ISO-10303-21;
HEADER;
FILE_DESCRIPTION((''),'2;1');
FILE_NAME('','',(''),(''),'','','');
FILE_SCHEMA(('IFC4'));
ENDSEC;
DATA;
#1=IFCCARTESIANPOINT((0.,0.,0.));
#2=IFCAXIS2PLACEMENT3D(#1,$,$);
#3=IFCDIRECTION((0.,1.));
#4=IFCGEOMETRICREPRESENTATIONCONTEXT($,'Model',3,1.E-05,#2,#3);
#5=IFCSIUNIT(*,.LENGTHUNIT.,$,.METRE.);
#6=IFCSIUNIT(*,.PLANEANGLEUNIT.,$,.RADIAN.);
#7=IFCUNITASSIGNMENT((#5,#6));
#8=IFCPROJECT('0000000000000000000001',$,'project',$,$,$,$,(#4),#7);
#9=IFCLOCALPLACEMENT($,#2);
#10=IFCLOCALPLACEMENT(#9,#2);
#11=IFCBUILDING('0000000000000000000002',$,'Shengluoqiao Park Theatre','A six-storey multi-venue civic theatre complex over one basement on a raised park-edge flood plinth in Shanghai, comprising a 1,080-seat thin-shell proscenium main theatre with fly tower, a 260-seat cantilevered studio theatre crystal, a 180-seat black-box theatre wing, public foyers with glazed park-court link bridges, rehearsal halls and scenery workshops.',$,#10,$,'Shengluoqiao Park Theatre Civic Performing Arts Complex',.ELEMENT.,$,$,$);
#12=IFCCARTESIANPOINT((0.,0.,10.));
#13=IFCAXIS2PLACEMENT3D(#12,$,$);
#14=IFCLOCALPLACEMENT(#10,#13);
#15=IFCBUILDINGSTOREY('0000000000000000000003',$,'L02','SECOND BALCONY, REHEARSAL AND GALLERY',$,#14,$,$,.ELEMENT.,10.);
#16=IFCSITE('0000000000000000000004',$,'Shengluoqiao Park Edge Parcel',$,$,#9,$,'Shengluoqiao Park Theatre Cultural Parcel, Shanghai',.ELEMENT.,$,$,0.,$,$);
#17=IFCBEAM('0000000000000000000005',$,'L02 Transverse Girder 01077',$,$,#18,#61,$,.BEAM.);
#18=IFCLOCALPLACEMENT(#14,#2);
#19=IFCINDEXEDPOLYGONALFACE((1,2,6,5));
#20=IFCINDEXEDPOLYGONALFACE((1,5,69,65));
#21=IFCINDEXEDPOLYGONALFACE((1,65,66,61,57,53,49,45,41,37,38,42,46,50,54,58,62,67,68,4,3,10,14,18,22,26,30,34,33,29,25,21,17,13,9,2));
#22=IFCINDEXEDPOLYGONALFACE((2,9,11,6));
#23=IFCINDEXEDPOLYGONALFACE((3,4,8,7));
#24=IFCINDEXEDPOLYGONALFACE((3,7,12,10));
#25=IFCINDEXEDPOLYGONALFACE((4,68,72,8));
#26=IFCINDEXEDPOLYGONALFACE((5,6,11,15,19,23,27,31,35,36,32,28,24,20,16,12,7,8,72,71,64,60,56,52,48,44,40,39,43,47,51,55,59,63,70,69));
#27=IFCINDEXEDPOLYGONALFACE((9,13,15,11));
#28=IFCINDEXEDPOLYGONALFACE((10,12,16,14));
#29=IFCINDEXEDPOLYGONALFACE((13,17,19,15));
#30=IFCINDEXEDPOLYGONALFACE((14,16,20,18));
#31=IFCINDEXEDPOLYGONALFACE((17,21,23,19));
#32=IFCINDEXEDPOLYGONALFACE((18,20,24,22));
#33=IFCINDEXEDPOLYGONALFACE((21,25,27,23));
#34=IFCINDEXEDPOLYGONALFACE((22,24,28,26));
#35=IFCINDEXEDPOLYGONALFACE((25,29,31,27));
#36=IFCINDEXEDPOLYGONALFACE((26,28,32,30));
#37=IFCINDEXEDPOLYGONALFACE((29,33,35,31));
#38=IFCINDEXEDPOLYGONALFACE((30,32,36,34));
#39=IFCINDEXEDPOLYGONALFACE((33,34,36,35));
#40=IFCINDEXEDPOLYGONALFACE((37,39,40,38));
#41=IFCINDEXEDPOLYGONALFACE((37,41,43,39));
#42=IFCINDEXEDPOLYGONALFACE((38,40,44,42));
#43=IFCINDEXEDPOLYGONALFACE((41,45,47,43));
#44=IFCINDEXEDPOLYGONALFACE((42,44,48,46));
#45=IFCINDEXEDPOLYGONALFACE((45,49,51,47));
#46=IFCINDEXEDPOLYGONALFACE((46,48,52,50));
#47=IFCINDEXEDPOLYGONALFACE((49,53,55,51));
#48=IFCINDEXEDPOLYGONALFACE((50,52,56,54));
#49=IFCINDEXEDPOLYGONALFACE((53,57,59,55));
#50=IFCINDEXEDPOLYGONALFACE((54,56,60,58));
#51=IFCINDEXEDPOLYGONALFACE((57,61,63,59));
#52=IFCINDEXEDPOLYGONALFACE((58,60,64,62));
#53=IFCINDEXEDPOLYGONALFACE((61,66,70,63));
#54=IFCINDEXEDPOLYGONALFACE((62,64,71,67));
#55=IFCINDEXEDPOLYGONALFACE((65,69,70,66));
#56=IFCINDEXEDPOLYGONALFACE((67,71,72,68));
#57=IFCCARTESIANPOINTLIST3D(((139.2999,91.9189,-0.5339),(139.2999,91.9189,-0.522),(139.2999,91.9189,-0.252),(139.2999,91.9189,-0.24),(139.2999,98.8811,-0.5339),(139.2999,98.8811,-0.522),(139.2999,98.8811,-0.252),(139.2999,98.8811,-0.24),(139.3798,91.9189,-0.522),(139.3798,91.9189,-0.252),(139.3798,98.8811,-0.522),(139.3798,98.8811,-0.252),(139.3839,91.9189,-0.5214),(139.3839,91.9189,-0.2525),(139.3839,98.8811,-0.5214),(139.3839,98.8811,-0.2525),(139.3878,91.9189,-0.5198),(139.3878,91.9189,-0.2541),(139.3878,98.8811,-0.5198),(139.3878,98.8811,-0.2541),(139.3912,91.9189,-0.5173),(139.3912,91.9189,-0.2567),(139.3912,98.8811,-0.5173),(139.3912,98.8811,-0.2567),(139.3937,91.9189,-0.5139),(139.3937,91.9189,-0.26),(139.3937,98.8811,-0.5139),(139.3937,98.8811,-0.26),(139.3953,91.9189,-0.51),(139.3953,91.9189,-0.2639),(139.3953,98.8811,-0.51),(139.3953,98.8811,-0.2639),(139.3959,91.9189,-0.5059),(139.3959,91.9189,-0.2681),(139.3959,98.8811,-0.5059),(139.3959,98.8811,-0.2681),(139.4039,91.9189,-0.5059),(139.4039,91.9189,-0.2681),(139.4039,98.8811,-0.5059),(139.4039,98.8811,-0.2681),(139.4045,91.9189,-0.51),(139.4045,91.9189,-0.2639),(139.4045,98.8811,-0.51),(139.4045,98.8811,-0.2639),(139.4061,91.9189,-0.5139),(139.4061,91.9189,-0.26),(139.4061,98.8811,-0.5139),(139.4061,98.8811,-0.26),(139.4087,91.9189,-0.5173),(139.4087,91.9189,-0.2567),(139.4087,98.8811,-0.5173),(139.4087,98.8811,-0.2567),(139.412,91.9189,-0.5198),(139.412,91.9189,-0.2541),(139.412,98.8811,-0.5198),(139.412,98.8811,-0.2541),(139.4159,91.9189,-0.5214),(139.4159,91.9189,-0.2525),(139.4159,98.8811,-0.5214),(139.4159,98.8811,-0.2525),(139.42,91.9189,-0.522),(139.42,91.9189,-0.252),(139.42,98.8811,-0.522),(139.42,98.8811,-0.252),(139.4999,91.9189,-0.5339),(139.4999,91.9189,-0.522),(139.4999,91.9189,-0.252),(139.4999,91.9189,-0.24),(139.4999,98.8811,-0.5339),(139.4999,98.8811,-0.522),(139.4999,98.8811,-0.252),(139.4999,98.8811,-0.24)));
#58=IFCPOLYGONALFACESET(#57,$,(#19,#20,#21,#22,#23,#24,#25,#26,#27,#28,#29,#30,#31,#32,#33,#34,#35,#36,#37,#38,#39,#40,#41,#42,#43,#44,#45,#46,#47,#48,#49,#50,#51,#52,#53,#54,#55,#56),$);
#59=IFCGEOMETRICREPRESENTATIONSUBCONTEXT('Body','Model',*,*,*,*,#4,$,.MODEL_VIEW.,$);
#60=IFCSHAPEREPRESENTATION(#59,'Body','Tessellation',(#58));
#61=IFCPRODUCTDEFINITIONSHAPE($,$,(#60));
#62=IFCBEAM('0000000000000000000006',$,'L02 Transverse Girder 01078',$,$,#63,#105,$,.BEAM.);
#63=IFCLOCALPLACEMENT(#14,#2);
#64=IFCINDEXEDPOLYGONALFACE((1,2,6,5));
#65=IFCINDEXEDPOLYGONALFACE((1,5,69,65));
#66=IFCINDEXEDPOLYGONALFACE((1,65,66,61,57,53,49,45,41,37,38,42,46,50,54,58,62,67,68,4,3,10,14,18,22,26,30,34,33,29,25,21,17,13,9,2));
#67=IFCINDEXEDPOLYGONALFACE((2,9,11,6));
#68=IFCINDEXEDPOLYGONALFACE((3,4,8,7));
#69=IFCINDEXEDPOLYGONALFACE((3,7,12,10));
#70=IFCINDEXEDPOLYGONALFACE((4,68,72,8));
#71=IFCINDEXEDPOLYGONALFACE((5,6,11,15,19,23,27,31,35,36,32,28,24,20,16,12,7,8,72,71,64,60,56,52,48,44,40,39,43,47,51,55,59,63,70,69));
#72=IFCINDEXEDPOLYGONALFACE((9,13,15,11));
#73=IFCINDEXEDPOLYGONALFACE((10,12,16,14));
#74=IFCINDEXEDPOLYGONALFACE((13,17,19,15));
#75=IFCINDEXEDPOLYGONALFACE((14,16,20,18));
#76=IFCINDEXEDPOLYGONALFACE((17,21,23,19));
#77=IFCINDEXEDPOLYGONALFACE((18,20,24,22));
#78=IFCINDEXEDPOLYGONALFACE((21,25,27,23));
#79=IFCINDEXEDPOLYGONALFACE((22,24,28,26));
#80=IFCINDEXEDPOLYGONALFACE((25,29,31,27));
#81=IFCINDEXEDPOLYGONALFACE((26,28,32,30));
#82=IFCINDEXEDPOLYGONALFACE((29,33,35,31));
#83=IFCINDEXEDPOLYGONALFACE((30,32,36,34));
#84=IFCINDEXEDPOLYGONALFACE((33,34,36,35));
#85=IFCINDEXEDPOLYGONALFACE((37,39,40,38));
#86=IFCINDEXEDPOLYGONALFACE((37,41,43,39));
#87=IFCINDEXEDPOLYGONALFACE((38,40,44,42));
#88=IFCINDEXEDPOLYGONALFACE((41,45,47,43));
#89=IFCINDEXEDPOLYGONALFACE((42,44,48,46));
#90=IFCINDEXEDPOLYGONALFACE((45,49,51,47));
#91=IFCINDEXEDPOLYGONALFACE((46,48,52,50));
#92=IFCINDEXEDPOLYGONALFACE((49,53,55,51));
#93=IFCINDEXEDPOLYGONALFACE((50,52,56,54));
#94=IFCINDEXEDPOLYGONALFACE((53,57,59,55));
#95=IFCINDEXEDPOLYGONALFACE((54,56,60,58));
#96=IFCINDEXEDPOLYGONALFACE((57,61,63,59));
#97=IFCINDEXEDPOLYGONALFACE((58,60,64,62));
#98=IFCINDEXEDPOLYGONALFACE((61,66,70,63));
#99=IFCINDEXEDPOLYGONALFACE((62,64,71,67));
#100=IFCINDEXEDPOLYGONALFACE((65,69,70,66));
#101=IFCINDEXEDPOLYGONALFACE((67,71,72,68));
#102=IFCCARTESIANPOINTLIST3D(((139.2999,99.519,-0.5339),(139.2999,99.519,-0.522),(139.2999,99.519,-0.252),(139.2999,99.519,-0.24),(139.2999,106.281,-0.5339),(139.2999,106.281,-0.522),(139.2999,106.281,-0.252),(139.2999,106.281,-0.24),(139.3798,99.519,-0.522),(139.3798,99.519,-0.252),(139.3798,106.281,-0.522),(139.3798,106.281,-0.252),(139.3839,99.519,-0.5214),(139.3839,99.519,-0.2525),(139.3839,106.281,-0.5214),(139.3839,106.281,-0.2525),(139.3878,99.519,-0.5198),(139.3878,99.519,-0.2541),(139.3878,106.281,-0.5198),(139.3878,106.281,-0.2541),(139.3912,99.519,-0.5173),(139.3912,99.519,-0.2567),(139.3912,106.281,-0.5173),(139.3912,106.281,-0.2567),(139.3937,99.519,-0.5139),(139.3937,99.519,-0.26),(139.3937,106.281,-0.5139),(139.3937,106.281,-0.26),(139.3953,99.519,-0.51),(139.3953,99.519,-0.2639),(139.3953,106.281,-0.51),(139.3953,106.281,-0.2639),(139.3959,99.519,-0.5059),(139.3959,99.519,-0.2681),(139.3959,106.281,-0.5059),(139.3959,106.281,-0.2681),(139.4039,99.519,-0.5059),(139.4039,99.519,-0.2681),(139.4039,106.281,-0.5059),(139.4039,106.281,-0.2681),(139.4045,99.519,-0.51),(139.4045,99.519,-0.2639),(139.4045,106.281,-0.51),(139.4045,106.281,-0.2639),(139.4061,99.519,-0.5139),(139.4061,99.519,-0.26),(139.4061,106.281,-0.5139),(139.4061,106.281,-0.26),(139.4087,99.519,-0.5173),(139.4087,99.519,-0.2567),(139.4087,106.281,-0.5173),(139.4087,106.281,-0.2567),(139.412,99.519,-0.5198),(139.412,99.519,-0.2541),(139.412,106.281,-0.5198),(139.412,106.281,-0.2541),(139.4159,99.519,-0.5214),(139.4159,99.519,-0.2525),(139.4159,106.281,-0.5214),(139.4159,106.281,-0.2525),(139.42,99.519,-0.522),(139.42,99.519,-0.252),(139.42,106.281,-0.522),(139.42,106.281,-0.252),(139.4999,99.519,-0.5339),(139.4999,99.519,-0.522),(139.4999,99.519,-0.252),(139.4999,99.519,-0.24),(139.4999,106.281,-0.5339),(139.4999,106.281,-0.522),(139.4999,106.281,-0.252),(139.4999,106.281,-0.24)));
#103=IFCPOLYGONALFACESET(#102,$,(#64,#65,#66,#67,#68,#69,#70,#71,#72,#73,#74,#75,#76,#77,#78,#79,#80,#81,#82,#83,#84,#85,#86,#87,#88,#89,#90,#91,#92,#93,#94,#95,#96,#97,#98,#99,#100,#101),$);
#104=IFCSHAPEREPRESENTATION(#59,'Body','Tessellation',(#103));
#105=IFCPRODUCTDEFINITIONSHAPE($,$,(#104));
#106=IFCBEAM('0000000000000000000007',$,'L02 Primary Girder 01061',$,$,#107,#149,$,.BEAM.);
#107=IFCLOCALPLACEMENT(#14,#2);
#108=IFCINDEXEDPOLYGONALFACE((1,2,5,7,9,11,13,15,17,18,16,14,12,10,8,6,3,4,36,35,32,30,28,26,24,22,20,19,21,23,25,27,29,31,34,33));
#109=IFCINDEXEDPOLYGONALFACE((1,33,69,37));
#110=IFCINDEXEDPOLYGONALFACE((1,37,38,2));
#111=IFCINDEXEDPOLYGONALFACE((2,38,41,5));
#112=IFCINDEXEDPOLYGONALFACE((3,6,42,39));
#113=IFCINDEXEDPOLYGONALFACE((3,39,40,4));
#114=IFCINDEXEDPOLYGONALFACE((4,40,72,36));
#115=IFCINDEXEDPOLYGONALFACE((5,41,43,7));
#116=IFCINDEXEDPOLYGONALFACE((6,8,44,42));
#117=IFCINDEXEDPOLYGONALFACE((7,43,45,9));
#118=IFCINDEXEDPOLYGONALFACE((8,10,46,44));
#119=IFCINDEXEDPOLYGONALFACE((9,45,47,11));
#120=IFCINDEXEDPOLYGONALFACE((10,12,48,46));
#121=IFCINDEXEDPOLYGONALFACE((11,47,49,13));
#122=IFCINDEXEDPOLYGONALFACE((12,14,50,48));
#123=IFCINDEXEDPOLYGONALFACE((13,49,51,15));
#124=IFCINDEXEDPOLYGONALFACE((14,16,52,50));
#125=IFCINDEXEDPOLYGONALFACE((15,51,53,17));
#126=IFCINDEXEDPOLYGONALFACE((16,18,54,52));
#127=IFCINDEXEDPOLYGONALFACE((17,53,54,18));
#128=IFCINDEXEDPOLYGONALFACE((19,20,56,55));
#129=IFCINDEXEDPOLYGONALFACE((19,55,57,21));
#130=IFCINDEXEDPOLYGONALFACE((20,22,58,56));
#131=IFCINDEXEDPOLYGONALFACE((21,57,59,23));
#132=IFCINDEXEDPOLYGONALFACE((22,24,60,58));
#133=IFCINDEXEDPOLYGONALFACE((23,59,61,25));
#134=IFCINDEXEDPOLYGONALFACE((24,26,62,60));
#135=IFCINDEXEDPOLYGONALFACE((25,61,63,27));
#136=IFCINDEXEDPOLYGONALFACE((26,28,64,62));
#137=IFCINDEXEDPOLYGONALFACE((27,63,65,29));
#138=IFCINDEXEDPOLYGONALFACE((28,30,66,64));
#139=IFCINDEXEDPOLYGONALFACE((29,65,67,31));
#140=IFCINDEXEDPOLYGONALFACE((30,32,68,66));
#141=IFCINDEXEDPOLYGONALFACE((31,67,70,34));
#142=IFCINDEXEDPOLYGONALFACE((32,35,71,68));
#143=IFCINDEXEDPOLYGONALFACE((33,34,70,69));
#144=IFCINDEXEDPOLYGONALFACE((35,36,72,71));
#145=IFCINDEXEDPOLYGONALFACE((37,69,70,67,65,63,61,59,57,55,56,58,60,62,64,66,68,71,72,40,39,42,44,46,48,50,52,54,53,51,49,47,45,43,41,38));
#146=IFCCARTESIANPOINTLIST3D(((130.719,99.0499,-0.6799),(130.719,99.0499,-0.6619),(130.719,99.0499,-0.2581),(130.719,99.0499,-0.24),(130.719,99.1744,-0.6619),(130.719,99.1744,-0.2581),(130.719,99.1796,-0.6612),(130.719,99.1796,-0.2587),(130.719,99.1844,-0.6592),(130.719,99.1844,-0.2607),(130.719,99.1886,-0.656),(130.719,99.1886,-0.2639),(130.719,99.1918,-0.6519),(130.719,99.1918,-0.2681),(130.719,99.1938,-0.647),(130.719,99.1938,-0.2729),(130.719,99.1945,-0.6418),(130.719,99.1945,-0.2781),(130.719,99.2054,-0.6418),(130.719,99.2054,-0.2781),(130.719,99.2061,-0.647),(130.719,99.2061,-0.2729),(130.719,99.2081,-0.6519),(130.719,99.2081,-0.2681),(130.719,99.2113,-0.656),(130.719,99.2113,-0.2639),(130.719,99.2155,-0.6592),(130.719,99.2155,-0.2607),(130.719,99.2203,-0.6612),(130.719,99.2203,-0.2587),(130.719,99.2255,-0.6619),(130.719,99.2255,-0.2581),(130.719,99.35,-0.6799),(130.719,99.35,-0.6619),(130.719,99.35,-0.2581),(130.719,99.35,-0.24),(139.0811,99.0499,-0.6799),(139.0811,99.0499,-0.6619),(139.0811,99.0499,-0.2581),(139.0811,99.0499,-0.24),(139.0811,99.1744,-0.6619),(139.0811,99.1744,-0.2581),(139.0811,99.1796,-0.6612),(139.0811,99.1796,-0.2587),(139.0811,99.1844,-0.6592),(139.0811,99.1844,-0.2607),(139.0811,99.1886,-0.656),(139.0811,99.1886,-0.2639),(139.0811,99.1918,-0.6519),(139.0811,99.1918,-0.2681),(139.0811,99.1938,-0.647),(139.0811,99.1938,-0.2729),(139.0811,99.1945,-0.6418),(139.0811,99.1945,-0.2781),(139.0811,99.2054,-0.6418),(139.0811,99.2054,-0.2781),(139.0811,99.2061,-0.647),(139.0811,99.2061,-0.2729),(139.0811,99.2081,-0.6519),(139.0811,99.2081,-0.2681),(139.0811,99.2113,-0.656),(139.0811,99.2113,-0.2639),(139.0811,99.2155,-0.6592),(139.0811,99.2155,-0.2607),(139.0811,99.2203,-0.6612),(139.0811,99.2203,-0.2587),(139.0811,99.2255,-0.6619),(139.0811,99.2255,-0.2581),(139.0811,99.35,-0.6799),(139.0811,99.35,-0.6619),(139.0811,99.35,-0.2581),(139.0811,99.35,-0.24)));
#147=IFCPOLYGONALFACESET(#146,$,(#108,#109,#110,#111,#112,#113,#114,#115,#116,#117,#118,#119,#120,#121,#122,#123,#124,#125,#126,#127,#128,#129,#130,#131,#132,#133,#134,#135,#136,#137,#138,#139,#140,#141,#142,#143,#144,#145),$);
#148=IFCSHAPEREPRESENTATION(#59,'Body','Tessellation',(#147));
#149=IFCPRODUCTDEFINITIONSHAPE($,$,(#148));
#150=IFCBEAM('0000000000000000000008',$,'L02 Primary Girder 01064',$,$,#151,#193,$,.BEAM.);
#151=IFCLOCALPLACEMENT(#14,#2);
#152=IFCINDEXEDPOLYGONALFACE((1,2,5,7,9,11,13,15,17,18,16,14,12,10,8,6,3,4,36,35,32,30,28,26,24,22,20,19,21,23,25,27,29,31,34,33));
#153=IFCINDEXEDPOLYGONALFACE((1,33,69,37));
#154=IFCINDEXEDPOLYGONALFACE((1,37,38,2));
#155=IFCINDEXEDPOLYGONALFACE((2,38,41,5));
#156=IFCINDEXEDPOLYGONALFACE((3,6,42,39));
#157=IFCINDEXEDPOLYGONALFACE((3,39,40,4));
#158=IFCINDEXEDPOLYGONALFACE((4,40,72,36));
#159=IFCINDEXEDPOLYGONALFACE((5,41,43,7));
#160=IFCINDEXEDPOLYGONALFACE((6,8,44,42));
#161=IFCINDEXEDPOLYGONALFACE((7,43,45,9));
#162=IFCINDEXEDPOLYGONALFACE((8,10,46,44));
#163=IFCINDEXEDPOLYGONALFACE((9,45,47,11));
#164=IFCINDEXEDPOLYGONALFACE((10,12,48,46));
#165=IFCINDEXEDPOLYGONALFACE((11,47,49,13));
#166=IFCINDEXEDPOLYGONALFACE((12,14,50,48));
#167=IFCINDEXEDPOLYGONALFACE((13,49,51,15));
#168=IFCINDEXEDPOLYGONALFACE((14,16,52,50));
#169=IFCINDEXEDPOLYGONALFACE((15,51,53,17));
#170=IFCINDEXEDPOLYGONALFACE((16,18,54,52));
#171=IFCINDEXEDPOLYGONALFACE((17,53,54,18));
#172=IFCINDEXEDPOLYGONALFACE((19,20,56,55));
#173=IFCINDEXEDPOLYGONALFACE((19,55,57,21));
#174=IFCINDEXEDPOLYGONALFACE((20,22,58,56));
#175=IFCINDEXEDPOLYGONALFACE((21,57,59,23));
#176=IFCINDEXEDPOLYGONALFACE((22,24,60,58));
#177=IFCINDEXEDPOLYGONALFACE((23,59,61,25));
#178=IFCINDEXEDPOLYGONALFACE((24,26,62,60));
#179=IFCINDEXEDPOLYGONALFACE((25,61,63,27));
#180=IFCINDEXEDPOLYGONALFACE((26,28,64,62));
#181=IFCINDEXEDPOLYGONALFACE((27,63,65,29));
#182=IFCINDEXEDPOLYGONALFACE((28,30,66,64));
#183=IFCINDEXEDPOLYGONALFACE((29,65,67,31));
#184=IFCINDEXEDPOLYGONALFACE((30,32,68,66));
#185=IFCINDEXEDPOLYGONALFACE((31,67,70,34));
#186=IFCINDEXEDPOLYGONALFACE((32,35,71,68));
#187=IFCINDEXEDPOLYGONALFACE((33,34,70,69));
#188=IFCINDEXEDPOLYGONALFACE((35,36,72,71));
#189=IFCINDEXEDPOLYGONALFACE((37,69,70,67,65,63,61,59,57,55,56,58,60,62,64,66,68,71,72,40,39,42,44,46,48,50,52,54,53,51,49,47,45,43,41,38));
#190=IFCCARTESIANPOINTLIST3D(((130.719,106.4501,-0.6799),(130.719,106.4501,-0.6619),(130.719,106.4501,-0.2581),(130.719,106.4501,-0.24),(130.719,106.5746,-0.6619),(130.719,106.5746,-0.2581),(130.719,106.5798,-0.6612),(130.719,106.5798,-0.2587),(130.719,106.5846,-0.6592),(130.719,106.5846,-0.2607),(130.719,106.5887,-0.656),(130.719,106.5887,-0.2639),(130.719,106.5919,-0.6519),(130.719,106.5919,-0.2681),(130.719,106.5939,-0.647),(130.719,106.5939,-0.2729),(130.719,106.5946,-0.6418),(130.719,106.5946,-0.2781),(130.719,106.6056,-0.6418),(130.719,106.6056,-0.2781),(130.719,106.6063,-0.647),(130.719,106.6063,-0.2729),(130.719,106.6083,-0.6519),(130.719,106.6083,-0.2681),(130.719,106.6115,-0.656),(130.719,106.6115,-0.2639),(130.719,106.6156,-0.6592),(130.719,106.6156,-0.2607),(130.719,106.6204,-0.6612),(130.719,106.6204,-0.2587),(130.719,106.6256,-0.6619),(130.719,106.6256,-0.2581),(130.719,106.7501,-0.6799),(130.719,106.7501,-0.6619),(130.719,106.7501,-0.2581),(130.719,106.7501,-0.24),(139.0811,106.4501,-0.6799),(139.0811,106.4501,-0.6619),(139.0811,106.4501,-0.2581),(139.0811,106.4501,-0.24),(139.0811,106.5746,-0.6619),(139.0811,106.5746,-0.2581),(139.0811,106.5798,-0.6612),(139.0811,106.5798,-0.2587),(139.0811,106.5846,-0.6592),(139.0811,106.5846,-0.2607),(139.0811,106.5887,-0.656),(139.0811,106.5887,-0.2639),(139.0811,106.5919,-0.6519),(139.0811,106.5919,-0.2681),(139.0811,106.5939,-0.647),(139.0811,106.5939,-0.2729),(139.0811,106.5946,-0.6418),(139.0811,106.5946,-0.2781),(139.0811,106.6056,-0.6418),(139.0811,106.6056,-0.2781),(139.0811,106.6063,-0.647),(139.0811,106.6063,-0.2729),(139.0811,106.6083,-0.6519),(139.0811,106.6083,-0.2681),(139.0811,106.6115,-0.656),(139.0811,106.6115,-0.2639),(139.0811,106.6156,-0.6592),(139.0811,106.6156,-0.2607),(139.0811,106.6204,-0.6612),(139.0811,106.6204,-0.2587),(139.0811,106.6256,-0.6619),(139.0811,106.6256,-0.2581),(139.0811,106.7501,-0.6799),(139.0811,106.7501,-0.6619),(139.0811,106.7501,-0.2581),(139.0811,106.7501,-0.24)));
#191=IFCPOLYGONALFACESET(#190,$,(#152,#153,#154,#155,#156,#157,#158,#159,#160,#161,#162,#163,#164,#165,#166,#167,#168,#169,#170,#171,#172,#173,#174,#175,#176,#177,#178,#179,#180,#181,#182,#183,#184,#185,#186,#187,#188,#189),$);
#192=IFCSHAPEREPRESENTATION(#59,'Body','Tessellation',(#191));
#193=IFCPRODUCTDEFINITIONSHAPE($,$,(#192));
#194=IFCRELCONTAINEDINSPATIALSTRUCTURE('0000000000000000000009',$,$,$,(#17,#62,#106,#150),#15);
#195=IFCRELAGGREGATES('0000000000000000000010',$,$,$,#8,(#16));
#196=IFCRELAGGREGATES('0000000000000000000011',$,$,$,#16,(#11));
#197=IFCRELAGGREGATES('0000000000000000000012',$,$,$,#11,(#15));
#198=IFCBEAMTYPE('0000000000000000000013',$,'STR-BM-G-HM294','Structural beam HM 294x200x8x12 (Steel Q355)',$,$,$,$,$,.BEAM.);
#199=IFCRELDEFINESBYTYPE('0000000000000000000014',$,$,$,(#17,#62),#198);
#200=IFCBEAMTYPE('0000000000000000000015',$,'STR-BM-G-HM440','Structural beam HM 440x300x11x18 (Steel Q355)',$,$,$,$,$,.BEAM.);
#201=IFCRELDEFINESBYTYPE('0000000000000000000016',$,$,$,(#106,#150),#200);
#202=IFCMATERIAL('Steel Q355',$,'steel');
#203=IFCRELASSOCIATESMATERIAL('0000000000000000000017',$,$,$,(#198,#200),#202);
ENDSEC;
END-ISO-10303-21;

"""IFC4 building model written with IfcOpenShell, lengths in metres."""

from ifc_helpers import new_model, si_unit, direction, frame, origin, origin_2d, place, context, subcontext, project, spatial, i_section, extrude, material, material_profile, profile_set, type_object, element, save


model = new_model("IFC4")

# Units and contexts
model_context = context("Model", 3, precision=1e-05, world=origin(), true_north=direction((0.0, 1.0)))
body_context = subcontext(model_context, "Body", "Model", "MODEL_VIEW")
ifc_project = project(units=[si_unit("LENGTHUNIT", "METRE"), si_unit("PLANEANGLEUNIT", "RADIAN")], contexts=[model_context])

# Site, building, storey
site_placement = place(None, origin())
site = spatial("IfcSite", under=ifc_project, at=site_placement, Name="Shengluoqiao Park Edge Parcel", LongName="Shengluoqiao Park Theatre Cultural Parcel, Shanghai", CompositionType="ELEMENT", RefElevation=0.0)
building_placement = place(site_placement, origin())
building = spatial("IfcBuilding", under=site, at=building_placement, Name="Shengluoqiao Park Theatre", Description="A six-storey multi-venue civic theatre complex over one basement on a raised park-edge flood plinth in Shanghai, comprising a 1,080-seat thin-shell proscenium main theatre with fly tower, a 260-seat cantilevered studio theatre crystal, a 180-seat black-box theatre wing, public foyers with glazed park-court link bridges, rehearsal halls and scenery workshops.", LongName="Shengluoqiao Park Theatre Civic Performing Arts Complex", CompositionType="ELEMENT")
storey_placement = place(building_placement, frame((0.0, 0.0, 10.0)))
storey = spatial("IfcBuildingStorey", under=building, at=storey_placement, Name="L02", Description="SECOND BALCONY, REHEARSAL AND GALLERY", CompositionType="ELEMENT", Elevation=10.0)

# Beams
ifc_material_1 = material(Name="Steel Q355", Category="steel")
ifc_material_profile_1 = material_profile(ifc_material_1, i_section(OverallWidth=0.2, OverallDepth=0.2939, WebThickness=0.0081, FlangeThickness=0.012, FilletRadius=0.0161, at=origin_2d()), Name="HM 294x200x8x12")
ifc_profile_set_1 = profile_set([ifc_material_profile_1], Name="Steel Q355")
beam_type_1 = type_object("IfcBeamType", Name="STR-BM-G-HM294", Description="Structural beam HM 294x200x8x12 (Steel Q355)", PredefinedType="BEAM", material=ifc_profile_set_1)
beam_1_placement = place(storey_placement, frame((139.3999, 91.9189, -0.387), z_axis=(0.0, 1.0, 0.0), x_axis=(-1.0, 0.0, 0.0)))
element("IfcBeam", 1, at=beam_1_placement, inside=storey, type_object=beam_type_1, Name="L02 Transverse Girder 01077", PredefinedType="BEAM", context=body_context, shape_type="SweptSolid", body=[
    extrude(i_section(OverallWidth=0.2, OverallDepth=0.2939, WebThickness=0.0081, FlangeThickness=0.012, FilletRadius=0.0161, at=origin_2d()), origin(), (0.0, 0.0, 1.0), 6.9622),
])
beam_2_placement = place(storey_placement, frame((139.3999, 99.519, -0.387), z_axis=(0.0, 1.0, 0.0), x_axis=(-1.0, 0.0, 0.0)))
element("IfcBeam", 2, at=beam_2_placement, inside=storey, type_object=beam_type_1, Name="L02 Transverse Girder 01078", PredefinedType="BEAM", context=body_context, shape_type="SweptSolid", body=[
    extrude(i_section(OverallWidth=0.2, OverallDepth=0.2939, WebThickness=0.0081, FlangeThickness=0.012, FilletRadius=0.0161, at=origin_2d()), origin(), (0.0, 0.0, 1.0), 6.762),
])
ifc_material_profile_2 = material_profile(ifc_material_1, i_section(OverallWidth=0.3, OverallDepth=0.4399, WebThickness=0.011, FlangeThickness=0.0181, FilletRadius=0.02, at=origin_2d()), Name="HM 440x300x11x18")
ifc_profile_set_2 = profile_set([ifc_material_profile_2], Name="Steel Q355")
beam_type_2 = type_object("IfcBeamType", Name="STR-BM-G-HM440", Description="Structural beam HM 440x300x11x18 (Steel Q355)", PredefinedType="BEAM", material=ifc_profile_set_2)
for number, where, z_axis, x_axis, name in (
    (3, (130.719, 99.2, -0.46), (1.0, 0.0, 0.0), (0.0, 1.0, 0.0), "L02 Primary Girder 01061"),
    (4, (130.719, 106.6001, -0.46), (1.0, 0.0, 0.0), (0.0, 1.0, 0.0), "L02 Primary Girder 01064"),
):
    element("IfcBeam", number, at=place(storey_placement, frame(where, z_axis=z_axis, x_axis=x_axis)), inside=storey, type_object=beam_type_2, Name=name, PredefinedType="BEAM", context=body_context, shape_type="SweptSolid", body=[
        extrude(i_section(OverallWidth=0.3, OverallDepth=0.4399, WebThickness=0.011, FlangeThickness=0.0181, FilletRadius=0.02, at=origin_2d()), origin(), (0.0, 0.0, 1.0), 8.3621),
    ])

save(model, "model.ifc")
